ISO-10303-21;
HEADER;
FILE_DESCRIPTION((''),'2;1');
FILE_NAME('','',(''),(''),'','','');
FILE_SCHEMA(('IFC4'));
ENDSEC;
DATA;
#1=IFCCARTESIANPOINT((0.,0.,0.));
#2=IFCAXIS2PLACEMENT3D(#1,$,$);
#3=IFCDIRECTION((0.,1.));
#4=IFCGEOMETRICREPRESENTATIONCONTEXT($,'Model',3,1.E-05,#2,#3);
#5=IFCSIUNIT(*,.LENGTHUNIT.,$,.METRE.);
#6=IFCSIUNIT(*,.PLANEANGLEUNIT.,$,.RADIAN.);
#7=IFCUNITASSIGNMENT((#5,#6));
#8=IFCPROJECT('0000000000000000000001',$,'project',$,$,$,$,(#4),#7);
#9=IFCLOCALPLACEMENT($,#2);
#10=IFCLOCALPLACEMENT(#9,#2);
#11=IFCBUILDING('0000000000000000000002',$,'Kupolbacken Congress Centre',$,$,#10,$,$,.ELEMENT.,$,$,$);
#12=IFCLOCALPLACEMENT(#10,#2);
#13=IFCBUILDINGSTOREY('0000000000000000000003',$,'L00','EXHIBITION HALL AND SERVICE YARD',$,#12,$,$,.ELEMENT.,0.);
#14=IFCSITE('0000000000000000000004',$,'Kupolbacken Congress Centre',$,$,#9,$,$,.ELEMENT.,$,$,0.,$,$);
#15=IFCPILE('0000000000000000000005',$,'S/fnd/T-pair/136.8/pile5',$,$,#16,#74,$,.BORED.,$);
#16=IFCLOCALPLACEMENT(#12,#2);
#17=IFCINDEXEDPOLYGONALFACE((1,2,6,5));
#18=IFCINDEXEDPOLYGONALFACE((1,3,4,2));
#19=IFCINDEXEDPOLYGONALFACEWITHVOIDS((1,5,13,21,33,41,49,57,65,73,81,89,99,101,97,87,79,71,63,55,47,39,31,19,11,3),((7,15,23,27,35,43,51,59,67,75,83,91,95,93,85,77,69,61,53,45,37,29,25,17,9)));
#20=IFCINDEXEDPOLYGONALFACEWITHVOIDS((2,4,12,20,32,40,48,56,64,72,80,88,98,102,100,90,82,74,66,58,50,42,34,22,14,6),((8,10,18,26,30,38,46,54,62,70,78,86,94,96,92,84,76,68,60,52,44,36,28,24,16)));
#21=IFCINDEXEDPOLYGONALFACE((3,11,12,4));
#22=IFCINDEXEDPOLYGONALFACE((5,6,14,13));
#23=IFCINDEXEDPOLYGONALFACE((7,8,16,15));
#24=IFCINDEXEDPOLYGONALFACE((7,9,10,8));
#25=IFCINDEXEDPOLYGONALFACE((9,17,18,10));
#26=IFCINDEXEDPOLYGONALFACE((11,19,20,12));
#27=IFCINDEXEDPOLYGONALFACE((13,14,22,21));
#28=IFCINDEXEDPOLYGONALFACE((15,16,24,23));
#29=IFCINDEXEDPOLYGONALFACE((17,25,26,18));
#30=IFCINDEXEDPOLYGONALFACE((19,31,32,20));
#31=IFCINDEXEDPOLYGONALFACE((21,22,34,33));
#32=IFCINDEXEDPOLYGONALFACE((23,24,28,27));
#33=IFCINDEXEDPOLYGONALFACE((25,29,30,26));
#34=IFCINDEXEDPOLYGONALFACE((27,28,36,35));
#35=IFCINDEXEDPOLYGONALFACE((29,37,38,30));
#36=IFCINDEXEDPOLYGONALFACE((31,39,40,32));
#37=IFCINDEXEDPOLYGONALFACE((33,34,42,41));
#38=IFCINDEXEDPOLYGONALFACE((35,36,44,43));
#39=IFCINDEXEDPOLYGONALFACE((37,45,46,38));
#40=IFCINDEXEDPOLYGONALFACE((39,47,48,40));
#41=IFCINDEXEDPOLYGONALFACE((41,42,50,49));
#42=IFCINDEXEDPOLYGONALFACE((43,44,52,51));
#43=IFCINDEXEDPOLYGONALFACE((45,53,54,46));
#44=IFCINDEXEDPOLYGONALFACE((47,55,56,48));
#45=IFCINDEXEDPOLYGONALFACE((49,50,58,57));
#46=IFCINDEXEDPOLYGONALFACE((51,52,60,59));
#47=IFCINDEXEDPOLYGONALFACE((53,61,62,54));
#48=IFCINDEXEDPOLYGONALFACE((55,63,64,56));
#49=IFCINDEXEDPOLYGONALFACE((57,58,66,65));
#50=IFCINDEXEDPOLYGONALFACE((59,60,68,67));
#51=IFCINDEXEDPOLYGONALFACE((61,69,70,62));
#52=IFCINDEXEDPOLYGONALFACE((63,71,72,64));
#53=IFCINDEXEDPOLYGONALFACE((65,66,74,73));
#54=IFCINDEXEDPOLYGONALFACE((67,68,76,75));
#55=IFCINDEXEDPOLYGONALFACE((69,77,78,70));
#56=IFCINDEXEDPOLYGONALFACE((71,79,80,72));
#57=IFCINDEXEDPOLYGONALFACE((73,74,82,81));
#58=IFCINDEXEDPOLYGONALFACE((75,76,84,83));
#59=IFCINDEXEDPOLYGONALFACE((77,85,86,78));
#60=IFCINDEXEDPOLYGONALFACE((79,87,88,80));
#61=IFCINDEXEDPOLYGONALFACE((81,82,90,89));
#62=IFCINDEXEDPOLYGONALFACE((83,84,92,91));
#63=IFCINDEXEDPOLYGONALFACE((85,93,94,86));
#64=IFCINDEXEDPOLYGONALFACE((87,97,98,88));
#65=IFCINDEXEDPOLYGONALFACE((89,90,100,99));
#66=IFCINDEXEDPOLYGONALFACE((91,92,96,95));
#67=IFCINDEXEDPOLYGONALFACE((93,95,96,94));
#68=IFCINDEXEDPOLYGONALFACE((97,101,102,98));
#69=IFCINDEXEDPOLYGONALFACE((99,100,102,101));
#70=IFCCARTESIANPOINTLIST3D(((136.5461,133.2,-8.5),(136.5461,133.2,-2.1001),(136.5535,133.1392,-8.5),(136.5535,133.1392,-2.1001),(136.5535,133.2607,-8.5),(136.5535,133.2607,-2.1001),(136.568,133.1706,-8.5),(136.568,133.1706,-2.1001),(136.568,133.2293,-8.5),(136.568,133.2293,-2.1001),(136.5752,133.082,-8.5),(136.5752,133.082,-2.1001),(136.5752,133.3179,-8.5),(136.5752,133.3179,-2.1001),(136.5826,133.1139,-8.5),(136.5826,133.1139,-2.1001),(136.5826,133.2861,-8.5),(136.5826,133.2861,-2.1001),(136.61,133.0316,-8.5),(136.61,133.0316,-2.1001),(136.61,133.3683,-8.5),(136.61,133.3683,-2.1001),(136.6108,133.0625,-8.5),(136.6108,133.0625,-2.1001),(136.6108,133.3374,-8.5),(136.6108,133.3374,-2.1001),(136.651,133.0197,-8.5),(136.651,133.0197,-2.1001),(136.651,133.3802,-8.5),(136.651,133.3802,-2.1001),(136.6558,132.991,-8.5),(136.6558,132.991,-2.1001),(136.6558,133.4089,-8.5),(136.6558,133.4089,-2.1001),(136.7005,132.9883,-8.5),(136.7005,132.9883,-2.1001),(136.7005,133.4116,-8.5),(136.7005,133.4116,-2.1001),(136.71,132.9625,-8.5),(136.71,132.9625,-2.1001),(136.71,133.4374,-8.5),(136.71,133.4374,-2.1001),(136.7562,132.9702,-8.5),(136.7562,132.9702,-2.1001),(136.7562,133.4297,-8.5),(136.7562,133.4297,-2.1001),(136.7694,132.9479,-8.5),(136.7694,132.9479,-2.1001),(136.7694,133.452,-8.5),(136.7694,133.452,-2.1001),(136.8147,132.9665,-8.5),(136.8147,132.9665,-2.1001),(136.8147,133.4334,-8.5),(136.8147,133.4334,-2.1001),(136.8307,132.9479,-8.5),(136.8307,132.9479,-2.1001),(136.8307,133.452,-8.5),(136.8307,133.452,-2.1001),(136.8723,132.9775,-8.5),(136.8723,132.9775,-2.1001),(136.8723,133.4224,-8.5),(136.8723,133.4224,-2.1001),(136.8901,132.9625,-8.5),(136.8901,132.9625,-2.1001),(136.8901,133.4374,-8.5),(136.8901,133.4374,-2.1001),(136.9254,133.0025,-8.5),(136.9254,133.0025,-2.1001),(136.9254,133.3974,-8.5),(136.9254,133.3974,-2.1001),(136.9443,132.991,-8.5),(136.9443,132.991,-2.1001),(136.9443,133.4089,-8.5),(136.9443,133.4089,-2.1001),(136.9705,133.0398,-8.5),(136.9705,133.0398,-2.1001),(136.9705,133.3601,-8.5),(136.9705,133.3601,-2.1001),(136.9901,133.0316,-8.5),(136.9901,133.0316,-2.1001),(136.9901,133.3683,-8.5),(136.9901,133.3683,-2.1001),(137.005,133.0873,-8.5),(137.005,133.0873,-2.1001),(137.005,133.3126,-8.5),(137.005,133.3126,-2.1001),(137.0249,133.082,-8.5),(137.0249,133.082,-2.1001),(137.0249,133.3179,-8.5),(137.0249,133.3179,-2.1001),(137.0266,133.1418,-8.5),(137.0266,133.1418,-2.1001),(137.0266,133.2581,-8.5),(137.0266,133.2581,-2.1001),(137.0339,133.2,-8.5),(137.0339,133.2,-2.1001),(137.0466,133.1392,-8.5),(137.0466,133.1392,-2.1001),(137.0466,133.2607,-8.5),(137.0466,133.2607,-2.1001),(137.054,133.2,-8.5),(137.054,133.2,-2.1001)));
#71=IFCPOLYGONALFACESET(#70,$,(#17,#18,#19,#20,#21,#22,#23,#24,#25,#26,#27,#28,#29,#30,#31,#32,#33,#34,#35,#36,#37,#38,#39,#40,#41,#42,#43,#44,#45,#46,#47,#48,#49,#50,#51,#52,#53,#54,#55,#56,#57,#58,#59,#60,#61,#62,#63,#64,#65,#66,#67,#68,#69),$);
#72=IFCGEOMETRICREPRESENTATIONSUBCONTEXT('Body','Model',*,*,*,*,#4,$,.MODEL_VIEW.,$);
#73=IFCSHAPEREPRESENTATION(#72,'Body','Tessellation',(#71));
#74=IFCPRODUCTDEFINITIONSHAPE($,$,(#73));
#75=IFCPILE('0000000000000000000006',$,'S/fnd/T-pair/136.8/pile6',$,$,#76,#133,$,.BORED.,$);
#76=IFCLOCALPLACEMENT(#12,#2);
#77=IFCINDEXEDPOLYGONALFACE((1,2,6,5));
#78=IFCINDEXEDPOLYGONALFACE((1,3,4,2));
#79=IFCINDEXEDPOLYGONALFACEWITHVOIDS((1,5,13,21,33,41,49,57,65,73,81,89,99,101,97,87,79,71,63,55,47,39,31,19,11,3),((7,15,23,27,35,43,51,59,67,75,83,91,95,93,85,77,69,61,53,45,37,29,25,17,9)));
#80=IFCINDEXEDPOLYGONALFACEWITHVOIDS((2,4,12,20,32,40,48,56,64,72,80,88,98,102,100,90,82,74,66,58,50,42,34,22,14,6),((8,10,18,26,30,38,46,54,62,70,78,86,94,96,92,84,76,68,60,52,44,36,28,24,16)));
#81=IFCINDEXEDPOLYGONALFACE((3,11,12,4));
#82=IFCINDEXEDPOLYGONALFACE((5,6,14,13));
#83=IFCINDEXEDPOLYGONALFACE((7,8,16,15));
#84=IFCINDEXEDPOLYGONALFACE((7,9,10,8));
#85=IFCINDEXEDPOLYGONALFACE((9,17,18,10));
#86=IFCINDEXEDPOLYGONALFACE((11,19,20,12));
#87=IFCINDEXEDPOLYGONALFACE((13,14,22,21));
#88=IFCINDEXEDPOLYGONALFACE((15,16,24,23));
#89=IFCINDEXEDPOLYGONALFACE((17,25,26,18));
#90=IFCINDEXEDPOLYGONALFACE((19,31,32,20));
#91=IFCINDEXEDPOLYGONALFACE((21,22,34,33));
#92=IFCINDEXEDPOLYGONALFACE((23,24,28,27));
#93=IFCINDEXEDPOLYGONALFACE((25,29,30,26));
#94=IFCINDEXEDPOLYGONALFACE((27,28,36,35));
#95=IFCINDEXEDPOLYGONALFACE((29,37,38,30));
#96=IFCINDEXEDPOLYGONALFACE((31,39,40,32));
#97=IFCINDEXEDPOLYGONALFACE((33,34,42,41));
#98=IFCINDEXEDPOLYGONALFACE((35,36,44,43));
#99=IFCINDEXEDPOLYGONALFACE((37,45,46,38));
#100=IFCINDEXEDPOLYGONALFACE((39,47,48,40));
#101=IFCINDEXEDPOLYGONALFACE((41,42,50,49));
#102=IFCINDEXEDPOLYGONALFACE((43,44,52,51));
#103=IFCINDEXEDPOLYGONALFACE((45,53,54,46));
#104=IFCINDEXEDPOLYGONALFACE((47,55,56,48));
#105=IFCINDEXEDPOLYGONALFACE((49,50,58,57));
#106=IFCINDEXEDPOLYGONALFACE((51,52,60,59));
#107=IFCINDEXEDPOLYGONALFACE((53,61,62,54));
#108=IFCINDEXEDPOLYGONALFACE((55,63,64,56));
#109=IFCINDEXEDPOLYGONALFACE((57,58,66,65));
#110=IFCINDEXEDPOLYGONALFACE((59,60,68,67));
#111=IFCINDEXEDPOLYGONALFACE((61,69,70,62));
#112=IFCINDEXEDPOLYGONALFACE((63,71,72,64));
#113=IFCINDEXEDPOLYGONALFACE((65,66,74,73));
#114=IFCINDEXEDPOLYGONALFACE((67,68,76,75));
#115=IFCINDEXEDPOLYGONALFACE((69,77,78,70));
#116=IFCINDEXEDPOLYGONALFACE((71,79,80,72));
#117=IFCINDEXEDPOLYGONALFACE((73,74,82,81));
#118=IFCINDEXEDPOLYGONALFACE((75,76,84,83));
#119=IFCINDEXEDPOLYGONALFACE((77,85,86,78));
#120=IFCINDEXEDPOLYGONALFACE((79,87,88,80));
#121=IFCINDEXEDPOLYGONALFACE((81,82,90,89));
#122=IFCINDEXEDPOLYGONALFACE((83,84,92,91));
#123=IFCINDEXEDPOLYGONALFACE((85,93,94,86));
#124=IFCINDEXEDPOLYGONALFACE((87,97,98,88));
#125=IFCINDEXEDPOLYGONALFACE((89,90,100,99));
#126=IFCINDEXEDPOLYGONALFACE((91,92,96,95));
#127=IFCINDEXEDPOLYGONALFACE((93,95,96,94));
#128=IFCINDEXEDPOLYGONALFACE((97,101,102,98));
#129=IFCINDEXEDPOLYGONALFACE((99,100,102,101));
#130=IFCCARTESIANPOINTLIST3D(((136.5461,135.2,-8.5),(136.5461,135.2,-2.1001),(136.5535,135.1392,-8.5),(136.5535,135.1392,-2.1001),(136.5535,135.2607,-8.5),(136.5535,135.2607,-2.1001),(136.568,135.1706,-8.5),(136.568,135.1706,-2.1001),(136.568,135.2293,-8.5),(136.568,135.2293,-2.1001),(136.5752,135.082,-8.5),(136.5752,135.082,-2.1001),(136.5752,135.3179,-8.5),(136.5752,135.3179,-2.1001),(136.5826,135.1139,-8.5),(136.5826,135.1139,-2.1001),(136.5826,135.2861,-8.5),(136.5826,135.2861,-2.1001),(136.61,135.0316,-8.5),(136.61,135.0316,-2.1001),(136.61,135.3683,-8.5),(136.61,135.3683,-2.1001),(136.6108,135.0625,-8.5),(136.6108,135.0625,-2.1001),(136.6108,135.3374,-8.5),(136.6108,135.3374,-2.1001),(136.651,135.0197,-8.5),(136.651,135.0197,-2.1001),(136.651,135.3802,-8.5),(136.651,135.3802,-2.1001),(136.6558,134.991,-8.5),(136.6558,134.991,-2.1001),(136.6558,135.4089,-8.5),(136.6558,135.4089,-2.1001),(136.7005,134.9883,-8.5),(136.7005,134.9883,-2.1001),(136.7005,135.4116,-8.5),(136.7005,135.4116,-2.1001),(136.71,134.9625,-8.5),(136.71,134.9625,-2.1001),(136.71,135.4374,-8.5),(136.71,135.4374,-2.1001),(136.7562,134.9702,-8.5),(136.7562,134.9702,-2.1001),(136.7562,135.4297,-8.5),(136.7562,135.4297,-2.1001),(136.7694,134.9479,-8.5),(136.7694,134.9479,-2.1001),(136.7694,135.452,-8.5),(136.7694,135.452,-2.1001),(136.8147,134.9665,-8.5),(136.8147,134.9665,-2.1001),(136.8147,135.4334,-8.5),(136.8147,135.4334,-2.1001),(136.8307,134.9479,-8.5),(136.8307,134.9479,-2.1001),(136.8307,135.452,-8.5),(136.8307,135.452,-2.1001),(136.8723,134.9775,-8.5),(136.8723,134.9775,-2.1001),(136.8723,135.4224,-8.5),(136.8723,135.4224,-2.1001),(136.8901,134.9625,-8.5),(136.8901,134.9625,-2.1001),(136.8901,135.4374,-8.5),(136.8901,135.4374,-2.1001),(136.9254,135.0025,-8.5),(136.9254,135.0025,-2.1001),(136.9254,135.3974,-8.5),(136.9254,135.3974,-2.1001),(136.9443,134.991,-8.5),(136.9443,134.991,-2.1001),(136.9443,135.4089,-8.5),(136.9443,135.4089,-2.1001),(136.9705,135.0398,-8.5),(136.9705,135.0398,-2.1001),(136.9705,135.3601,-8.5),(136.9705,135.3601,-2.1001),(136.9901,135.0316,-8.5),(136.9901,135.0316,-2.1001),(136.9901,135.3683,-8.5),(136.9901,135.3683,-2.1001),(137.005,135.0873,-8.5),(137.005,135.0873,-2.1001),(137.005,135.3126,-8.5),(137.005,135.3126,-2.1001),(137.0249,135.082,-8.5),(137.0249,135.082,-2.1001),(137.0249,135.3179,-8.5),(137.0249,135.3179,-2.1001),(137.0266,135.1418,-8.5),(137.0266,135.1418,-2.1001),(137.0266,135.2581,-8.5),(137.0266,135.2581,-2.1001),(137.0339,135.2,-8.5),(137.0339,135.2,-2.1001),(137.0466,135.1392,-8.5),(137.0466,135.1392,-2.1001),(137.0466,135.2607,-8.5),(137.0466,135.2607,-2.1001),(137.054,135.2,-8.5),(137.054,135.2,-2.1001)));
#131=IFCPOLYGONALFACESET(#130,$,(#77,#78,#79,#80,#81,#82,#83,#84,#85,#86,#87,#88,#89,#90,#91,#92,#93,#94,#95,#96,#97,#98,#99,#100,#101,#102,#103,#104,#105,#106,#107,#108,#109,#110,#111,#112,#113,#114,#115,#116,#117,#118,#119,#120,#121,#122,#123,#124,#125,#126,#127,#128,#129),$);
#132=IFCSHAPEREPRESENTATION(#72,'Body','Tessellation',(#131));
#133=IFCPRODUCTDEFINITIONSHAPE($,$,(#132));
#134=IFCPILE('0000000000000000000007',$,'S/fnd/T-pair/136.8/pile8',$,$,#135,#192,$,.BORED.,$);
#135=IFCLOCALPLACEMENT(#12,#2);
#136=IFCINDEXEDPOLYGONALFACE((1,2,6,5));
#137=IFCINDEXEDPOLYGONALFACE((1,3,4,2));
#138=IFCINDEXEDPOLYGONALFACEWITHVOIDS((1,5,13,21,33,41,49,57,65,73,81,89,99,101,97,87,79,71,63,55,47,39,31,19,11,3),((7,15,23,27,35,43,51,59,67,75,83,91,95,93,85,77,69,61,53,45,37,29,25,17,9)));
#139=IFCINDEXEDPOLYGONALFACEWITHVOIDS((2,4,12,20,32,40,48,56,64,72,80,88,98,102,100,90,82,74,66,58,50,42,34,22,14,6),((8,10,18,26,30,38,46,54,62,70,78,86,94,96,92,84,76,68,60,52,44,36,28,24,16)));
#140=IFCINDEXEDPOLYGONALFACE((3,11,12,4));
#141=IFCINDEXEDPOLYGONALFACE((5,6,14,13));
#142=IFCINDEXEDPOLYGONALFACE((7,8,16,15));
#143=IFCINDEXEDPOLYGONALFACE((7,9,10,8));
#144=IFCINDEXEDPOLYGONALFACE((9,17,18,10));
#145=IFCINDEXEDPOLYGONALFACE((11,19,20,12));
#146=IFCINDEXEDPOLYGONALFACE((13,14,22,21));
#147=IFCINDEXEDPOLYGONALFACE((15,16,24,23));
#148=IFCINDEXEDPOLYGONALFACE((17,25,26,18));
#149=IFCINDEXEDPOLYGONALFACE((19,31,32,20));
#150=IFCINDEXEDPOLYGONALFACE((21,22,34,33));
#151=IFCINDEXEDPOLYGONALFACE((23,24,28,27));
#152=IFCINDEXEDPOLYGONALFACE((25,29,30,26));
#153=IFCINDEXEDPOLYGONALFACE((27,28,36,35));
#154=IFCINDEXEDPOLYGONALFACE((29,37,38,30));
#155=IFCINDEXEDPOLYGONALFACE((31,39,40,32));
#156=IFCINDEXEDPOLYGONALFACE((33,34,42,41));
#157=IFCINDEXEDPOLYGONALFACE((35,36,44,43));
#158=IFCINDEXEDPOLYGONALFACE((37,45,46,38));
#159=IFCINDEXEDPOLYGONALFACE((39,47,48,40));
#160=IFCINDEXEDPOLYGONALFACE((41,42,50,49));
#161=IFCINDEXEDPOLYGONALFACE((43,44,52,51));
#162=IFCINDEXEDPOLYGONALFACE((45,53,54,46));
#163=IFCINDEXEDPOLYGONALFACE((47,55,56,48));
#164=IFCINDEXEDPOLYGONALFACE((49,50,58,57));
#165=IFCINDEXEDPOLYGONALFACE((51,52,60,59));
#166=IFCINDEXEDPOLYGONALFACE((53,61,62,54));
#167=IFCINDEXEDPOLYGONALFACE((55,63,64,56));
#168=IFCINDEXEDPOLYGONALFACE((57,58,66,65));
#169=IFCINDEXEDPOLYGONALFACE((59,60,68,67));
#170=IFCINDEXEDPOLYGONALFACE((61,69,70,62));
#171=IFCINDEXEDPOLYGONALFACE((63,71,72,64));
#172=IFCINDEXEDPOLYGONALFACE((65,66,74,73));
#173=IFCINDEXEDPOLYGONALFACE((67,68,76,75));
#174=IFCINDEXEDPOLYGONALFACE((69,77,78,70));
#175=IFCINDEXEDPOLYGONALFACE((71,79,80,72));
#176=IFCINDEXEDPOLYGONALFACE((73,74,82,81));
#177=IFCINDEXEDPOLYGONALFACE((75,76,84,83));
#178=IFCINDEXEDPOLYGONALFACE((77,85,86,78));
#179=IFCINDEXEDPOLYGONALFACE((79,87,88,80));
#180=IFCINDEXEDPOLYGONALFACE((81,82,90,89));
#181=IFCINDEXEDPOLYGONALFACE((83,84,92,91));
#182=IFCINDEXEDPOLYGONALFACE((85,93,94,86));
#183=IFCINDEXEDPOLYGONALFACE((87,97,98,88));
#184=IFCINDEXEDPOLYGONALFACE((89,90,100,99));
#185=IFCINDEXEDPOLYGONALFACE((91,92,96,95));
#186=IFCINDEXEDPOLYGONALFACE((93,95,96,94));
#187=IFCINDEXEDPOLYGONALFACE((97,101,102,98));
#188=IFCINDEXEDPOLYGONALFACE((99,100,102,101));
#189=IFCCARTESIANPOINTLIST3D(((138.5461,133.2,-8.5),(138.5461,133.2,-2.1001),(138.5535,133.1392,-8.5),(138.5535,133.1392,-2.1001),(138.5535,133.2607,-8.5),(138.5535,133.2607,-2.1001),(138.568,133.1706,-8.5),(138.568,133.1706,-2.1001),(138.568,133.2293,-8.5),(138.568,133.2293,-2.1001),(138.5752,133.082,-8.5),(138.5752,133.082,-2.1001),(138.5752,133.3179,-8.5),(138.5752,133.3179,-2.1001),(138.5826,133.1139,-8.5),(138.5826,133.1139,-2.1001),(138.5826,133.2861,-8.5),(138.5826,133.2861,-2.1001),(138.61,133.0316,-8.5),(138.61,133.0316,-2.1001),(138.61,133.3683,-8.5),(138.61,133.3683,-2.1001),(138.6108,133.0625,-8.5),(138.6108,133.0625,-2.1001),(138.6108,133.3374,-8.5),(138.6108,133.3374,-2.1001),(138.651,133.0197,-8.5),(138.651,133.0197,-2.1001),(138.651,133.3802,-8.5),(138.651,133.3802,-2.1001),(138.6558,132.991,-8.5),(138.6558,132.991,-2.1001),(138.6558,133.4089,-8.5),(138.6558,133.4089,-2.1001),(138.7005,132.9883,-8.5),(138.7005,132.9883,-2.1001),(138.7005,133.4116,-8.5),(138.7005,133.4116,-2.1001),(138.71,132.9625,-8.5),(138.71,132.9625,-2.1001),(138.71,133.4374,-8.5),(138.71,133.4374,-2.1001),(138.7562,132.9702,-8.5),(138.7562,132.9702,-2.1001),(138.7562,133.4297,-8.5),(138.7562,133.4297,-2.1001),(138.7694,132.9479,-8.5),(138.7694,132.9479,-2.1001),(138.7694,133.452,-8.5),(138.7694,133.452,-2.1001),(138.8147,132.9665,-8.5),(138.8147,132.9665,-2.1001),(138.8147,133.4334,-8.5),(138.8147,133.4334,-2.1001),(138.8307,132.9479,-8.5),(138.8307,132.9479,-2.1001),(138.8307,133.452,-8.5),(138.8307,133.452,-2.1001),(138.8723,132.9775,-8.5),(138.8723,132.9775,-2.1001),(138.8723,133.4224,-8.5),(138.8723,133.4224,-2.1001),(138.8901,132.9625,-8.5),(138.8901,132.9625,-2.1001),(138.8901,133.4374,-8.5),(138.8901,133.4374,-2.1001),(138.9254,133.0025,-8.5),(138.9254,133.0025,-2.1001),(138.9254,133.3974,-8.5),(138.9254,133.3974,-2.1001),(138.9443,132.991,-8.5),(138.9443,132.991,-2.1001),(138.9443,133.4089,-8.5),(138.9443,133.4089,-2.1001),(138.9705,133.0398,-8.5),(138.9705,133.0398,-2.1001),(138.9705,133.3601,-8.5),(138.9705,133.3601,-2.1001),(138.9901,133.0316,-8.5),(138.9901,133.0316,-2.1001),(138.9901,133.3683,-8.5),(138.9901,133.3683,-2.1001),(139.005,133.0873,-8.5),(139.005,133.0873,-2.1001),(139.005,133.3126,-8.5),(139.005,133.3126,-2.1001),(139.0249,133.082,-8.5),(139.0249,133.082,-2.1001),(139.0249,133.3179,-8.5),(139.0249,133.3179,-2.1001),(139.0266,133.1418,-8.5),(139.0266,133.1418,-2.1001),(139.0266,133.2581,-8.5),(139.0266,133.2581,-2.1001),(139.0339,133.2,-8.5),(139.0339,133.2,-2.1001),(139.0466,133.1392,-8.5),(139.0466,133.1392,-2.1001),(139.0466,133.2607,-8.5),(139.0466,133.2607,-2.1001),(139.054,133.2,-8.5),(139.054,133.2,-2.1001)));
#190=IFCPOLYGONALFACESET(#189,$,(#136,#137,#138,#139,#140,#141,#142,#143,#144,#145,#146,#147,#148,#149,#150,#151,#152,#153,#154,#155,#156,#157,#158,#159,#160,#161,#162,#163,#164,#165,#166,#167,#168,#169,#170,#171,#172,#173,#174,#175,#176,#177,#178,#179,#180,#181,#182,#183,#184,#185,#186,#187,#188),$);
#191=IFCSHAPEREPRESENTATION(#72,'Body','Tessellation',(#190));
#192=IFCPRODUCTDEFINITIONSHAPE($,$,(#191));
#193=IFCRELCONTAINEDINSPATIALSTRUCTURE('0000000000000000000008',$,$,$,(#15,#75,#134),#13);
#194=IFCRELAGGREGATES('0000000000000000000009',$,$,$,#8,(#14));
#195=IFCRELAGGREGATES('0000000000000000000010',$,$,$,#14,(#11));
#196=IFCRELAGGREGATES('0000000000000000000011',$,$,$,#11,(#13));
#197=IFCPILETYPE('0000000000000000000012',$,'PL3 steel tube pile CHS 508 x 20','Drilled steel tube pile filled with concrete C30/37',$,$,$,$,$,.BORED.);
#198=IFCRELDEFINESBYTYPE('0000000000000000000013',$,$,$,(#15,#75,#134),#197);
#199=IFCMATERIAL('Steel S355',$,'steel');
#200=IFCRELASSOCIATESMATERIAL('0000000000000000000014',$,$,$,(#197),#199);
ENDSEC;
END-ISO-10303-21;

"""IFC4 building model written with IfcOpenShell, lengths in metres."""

from ifc_helpers import new_model, si_unit, direction, frame, origin, origin_2d, place, context, subcontext, project, spatial, hollow_circle, extrude, material, material_profile, profile_set, type_object, element, save


model = new_model("IFC4")

# Units and contexts
model_context = context("Model", 3, precision=1e-05, world=origin(), true_north=direction((0.0, 1.0)))
body_context = subcontext(model_context, "Body", "Model", "MODEL_VIEW")
ifc_project = project(units=[si_unit("LENGTHUNIT", "METRE"), si_unit("PLANEANGLEUNIT", "RADIAN")], contexts=[model_context])

# Site, building, storey
site_placement = place(None, origin())
site = spatial("IfcSite", under=ifc_project, at=site_placement, Name="Kupolbacken Congress Centre", CompositionType="ELEMENT", RefElevation=0.0)
building_placement = place(site_placement, origin())
building = spatial("IfcBuilding", under=site, at=building_placement, Name="Kupolbacken Congress Centre", CompositionType="ELEMENT")
storey_placement = place(building_placement, origin())
storey = spatial("IfcBuildingStorey", under=building, at=storey_placement, Name="L00", Description="EXHIBITION HALL AND SERVICE YARD", CompositionType="ELEMENT", Elevation=0.0)

# Piles
ifc_material_1 = material(Name="Steel S355", Category="steel")
ifc_material_profile_1 = material_profile(ifc_material_1, hollow_circle(Radius=0.2539, WallThickness=0.02, at=origin_2d()), Name="CHS 508 x 20")
ifc_profile_set_1 = profile_set([ifc_material_profile_1], Name="Steel S355")
pile_type = type_object("IfcPileType", Name="PL3 steel tube pile CHS 508 x 20", Description="Drilled steel tube pile filled with concrete C30/37", PredefinedType="BORED", material=ifc_profile_set_1)
for number, where, z_axis, x_axis, name in (
    (1, (136.8, 133.2, -2.1001), (0.0, 0.0, -1.0), (1.0, 0.0, 0.0), "S/fnd/T-pair/136.8/pile5"),
    (2, (136.8, 135.2, -2.1001), (0.0, 0.0, -1.0), (1.0, 0.0, 0.0), "S/fnd/T-pair/136.8/pile6"),
    (3, (138.8, 133.2, -2.1001), (0.0, 0.0, -1.0), (1.0, 0.0, 0.0), "S/fnd/T-pair/136.8/pile8"),
):
    element("IfcPile", number, at=place(storey_placement, frame(where, z_axis=z_axis, x_axis=x_axis)), inside=storey, type_object=pile_type, Name=name, PredefinedType="BORED", context=body_context, shape_type="SweptSolid", body=[
        extrude(hollow_circle(Radius=0.2539, WallThickness=0.02, at=origin_2d()), origin(), (0.0, 0.0, 1.0), 6.3999),
    ])

save(model, "model.ifc")
